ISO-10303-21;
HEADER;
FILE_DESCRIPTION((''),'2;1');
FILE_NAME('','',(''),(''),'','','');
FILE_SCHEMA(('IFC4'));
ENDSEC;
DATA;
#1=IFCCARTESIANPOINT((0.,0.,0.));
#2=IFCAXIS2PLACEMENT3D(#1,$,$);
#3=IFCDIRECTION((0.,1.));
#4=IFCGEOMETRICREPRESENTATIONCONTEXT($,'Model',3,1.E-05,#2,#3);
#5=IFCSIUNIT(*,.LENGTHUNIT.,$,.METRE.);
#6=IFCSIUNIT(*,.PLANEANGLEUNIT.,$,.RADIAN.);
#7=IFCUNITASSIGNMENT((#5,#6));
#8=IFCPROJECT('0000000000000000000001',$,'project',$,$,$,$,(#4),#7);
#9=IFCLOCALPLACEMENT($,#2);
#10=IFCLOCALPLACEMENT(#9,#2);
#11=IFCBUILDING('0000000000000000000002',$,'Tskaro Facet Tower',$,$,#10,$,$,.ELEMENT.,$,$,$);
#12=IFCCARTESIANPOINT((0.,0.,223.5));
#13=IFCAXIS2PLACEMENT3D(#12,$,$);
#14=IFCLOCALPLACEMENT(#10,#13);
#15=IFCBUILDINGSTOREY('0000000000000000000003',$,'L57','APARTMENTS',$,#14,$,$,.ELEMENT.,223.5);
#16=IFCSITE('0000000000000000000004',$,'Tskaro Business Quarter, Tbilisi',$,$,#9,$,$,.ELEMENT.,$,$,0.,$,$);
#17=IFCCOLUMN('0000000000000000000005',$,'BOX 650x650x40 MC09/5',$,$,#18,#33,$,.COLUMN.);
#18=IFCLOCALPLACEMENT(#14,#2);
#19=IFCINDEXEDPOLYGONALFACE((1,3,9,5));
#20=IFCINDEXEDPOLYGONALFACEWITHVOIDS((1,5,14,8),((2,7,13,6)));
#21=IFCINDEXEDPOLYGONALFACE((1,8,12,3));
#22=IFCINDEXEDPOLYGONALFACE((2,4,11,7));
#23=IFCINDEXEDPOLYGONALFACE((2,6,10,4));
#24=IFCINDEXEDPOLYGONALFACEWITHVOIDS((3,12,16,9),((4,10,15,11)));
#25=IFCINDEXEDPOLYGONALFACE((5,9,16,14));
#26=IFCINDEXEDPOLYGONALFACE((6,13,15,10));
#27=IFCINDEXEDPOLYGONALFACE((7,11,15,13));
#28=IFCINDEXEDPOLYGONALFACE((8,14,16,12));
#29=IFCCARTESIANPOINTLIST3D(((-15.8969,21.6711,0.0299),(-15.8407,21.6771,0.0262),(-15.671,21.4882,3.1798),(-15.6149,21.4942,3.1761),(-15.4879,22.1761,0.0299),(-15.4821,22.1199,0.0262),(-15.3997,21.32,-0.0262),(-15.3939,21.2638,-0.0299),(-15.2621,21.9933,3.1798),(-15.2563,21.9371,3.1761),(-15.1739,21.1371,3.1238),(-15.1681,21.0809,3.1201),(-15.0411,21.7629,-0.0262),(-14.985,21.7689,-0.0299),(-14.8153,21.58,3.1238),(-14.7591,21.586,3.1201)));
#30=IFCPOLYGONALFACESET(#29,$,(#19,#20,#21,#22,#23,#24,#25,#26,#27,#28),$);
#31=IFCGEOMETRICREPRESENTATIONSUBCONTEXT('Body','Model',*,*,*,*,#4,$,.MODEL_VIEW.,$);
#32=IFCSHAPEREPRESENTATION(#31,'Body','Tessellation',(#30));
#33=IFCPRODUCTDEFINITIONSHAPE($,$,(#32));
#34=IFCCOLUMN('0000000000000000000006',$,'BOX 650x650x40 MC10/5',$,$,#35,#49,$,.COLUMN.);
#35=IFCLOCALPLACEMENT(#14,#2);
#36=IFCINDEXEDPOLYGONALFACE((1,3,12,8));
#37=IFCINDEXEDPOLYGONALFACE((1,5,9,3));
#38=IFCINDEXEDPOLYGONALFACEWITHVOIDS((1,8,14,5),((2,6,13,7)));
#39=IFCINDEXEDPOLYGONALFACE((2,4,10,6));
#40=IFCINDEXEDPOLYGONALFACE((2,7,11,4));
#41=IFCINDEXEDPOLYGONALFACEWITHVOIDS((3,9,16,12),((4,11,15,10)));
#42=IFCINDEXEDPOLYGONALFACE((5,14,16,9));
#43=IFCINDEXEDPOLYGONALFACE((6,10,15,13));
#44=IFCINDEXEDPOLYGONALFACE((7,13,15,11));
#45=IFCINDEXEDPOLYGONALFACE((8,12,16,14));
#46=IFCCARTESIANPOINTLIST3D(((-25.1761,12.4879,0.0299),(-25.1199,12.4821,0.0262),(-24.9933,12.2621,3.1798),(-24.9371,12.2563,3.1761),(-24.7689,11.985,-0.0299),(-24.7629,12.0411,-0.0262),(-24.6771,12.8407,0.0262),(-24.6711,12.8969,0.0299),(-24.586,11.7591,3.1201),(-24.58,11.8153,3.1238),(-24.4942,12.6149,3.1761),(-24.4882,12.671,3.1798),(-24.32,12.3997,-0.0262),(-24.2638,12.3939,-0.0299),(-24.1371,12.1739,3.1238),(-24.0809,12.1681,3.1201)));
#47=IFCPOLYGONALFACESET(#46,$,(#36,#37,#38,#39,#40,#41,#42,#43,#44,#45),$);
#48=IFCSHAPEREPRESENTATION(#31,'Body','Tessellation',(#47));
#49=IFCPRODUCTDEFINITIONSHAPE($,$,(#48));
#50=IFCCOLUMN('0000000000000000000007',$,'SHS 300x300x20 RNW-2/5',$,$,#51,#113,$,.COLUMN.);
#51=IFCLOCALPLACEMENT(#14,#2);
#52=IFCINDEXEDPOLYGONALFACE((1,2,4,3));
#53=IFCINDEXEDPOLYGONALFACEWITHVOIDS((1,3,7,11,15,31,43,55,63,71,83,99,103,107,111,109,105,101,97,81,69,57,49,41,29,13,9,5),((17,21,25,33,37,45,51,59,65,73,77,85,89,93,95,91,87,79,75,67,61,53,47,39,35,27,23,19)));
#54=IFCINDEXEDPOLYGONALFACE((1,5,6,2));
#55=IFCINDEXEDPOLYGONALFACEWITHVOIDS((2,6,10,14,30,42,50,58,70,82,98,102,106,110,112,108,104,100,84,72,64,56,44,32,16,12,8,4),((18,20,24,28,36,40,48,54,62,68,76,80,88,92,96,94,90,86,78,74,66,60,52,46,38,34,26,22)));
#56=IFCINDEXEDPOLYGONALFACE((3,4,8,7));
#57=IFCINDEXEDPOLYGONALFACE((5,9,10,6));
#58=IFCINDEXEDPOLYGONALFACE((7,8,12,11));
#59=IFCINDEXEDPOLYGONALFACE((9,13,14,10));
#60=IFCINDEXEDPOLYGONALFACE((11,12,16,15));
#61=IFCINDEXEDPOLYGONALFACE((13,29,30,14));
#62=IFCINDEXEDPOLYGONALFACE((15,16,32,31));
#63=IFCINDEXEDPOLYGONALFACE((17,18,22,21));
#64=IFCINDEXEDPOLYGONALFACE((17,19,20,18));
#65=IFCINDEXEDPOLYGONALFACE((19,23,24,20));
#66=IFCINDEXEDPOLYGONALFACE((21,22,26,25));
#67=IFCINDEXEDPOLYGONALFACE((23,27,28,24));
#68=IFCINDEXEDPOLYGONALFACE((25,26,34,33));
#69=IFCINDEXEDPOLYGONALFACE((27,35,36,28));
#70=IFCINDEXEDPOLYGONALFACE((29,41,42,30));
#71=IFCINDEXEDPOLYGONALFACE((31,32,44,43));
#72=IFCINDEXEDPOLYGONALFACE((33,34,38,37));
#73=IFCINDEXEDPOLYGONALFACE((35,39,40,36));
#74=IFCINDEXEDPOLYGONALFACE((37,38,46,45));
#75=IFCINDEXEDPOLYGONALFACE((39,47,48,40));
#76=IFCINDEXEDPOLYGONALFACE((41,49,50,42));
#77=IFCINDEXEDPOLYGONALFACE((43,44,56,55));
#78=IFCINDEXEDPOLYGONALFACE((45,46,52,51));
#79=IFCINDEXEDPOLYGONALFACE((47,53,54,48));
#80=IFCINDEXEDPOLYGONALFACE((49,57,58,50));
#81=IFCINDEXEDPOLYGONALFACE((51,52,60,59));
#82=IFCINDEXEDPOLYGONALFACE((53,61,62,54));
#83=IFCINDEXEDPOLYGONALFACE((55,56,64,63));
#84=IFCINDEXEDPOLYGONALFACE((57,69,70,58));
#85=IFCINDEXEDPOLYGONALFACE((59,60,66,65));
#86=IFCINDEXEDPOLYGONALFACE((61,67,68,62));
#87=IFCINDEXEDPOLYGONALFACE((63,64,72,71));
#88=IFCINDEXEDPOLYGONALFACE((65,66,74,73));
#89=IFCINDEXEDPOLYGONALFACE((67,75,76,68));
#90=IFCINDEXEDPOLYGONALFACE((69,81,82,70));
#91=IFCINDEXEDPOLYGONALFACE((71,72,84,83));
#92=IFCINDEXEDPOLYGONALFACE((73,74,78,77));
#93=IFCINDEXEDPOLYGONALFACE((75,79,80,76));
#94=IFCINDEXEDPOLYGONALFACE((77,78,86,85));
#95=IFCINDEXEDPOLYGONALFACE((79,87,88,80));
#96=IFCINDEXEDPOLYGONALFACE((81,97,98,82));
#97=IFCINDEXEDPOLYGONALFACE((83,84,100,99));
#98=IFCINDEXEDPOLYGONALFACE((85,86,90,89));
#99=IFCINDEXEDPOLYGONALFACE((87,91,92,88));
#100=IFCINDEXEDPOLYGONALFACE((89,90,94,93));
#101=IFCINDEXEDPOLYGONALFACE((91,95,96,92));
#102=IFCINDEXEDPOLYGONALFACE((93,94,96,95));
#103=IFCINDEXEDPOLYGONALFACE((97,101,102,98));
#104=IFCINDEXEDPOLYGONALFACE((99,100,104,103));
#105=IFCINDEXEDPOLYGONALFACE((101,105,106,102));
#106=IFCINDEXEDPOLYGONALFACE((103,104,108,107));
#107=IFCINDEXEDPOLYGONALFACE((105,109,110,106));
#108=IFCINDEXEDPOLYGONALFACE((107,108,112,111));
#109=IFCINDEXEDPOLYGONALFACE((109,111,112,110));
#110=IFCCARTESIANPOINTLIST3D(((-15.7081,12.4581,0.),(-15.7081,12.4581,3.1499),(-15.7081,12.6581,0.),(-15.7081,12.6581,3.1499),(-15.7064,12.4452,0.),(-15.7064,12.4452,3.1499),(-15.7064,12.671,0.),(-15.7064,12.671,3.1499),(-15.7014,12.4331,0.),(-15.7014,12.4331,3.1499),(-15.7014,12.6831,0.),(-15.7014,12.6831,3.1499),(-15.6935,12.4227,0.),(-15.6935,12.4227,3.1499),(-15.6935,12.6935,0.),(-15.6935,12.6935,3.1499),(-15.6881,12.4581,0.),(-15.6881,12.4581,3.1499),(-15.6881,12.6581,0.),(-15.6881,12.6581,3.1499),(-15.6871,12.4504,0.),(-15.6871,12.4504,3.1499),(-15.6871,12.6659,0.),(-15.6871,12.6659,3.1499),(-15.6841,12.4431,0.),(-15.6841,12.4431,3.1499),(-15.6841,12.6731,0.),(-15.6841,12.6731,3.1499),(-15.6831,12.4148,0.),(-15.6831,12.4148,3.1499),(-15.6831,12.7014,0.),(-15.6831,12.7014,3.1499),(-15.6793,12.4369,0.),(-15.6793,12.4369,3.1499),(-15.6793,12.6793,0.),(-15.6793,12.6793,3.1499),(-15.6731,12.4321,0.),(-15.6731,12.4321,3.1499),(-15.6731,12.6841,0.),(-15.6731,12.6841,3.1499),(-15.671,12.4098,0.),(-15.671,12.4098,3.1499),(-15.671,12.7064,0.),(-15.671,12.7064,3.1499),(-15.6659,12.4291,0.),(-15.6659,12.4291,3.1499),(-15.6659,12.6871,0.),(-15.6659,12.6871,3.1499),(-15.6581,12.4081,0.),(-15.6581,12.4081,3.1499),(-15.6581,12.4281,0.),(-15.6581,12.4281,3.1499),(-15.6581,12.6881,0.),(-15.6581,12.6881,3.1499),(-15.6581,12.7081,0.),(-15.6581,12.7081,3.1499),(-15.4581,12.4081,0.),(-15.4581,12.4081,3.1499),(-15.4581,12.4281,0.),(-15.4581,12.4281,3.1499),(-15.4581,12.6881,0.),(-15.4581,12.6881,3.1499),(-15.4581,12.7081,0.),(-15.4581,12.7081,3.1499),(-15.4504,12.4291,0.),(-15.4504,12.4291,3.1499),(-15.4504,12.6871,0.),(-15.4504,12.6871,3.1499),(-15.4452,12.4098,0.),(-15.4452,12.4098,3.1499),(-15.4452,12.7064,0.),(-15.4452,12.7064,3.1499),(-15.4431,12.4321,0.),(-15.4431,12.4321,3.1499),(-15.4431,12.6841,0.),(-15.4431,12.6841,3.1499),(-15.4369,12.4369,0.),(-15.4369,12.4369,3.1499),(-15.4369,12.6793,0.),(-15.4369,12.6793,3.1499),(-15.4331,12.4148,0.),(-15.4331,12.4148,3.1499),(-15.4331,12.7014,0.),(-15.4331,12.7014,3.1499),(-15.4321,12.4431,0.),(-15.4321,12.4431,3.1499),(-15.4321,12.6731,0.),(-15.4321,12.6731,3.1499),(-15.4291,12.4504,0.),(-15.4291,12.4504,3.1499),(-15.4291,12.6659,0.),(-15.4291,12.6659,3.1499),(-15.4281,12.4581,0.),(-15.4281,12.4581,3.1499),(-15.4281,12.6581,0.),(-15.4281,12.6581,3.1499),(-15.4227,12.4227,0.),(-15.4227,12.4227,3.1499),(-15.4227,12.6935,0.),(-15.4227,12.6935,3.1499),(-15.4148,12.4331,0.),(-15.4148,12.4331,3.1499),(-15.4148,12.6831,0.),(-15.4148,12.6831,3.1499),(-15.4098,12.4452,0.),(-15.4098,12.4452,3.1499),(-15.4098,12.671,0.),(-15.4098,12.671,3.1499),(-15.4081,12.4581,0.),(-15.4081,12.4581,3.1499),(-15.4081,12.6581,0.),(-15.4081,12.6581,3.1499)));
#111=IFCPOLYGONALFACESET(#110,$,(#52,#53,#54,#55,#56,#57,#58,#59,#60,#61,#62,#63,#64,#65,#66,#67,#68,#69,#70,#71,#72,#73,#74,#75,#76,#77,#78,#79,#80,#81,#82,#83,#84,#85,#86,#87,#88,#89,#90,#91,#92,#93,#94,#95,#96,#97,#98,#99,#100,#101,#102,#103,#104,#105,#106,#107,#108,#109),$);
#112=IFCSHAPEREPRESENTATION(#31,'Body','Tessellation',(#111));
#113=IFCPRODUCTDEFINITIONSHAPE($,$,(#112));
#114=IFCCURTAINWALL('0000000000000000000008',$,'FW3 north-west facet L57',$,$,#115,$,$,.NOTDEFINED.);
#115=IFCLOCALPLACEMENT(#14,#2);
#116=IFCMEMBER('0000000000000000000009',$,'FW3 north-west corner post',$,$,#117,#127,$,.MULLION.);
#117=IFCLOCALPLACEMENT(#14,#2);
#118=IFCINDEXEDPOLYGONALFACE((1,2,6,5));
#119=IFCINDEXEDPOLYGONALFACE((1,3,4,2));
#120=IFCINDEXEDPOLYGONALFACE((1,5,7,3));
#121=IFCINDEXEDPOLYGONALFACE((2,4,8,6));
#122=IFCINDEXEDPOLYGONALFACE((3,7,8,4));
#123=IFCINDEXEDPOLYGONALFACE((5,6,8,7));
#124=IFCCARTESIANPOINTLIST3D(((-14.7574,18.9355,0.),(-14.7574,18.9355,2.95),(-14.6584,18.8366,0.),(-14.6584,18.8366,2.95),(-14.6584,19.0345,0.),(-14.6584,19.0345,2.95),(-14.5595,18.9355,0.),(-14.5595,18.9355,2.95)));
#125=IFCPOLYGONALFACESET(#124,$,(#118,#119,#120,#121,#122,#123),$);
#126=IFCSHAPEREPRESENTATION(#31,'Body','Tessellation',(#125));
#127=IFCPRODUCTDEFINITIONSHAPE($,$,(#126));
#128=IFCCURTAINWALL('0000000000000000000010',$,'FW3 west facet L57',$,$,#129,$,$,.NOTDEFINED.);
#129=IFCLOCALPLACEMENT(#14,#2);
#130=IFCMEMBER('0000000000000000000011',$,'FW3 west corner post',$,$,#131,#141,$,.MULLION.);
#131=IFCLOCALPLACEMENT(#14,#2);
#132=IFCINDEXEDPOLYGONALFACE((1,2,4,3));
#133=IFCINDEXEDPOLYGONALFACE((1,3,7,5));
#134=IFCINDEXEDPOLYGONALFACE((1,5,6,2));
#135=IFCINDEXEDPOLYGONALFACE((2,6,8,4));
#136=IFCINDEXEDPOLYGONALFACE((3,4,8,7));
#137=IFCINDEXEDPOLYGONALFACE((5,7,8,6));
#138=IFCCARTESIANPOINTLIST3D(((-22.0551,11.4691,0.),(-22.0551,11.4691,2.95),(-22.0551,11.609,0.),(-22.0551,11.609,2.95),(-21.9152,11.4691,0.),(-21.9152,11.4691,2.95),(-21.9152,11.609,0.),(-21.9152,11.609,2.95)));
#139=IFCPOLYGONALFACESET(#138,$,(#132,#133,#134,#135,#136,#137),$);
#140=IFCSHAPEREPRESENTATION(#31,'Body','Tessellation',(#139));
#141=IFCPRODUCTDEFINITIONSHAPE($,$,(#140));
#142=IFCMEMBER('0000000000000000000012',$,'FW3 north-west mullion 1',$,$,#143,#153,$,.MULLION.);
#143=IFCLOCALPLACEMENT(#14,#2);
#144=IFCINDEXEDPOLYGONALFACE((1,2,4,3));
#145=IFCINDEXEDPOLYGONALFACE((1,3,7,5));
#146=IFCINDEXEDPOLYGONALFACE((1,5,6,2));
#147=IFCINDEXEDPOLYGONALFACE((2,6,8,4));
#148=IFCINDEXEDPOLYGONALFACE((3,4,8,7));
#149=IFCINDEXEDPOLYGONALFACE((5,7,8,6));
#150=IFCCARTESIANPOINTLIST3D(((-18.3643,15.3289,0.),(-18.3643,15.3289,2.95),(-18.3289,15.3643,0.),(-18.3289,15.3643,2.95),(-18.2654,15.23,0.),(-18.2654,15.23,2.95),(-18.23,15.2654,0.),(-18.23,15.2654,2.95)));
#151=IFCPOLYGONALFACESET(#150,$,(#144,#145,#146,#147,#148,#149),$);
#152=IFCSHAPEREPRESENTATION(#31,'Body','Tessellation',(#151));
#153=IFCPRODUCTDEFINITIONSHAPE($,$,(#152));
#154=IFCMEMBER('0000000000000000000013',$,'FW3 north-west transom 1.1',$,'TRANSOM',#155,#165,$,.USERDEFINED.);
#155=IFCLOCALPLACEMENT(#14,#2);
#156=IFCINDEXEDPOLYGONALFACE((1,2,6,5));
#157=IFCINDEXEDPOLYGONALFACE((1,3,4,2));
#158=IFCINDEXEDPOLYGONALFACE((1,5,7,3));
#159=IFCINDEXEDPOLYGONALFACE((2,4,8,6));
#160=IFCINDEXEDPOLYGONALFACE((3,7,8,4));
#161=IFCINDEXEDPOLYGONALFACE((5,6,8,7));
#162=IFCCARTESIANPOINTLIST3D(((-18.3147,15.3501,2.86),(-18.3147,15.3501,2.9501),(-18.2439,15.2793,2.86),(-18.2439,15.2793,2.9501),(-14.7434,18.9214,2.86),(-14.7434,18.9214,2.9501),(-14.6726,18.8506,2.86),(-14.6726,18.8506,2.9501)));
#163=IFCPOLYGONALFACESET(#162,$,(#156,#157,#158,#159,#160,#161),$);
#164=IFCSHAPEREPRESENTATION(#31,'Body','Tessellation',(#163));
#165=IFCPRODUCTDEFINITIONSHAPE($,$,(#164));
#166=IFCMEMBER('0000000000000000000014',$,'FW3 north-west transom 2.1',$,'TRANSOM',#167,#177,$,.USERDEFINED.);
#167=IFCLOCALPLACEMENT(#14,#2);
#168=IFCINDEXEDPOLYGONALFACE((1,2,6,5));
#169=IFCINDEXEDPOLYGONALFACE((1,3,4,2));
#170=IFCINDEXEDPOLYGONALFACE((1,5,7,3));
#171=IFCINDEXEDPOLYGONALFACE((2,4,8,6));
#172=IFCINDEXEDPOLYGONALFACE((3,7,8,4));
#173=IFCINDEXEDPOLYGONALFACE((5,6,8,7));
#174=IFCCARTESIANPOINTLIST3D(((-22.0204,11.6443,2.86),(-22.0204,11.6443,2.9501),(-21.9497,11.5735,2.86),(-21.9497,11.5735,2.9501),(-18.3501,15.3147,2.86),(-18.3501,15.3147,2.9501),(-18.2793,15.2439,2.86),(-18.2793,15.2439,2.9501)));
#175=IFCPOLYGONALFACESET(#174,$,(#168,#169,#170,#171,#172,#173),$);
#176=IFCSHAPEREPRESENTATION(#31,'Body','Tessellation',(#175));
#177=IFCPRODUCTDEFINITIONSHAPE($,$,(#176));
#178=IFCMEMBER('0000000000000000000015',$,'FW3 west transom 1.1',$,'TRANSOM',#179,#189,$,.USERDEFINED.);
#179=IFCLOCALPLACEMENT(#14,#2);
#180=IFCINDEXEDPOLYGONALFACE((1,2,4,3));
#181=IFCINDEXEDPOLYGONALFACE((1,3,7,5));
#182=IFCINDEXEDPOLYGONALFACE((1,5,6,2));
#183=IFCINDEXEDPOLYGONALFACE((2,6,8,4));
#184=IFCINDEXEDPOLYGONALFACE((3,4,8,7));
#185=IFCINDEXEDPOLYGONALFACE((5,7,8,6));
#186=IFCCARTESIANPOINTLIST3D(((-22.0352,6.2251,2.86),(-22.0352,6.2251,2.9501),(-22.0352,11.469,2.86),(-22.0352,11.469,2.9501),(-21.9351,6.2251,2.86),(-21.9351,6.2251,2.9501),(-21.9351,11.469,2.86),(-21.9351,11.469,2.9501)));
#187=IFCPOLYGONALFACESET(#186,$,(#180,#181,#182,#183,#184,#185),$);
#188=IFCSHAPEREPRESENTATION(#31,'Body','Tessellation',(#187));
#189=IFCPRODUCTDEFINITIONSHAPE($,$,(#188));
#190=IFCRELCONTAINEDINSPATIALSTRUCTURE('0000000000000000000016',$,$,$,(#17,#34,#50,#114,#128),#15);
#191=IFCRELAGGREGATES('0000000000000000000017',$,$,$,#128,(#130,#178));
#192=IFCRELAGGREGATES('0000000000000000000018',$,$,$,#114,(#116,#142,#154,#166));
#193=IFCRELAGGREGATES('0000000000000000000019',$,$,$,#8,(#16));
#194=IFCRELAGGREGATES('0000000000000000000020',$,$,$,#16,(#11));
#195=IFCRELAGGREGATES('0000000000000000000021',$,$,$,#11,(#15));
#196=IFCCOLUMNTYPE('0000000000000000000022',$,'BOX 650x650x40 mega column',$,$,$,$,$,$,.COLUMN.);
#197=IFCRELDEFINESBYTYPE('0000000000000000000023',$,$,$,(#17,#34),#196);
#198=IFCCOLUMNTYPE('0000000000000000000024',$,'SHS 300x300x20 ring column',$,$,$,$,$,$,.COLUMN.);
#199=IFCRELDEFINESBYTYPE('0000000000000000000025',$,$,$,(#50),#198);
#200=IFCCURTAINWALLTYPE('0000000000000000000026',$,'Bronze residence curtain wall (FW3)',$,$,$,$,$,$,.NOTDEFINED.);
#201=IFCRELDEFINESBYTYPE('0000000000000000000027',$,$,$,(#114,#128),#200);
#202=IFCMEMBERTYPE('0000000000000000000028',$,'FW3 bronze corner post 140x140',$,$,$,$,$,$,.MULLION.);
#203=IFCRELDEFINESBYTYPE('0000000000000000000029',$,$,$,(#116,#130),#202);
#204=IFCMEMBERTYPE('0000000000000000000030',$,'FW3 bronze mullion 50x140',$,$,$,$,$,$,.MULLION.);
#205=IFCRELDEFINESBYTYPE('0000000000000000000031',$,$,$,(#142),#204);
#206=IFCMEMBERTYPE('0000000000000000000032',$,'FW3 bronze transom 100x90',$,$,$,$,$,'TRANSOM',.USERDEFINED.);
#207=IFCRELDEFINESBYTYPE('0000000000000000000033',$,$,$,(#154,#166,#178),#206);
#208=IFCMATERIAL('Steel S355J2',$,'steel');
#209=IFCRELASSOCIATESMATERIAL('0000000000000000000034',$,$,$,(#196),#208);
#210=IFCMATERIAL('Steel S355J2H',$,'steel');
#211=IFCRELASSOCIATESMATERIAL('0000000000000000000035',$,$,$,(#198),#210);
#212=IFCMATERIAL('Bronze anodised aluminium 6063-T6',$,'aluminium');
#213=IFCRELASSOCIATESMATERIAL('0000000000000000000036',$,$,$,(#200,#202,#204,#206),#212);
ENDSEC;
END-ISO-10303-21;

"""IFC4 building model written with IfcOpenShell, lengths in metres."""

from ifc_helpers import new_model, si_unit, direction, frame, origin, origin_2d, place, context, subcontext, project, spatial, rectangle, hollow_rectangle, extrude, material, material_profile, profile_set, type_object, element, aggregate, save


model = new_model("IFC4")

# Units and contexts
model_context = context("Model", 3, precision=1e-05, world=origin(), true_north=direction((0.0, 1.0)))
body_context = subcontext(model_context, "Body", "Model", "MODEL_VIEW")
ifc_project = project(units=[si_unit("LENGTHUNIT", "METRE"), si_unit("PLANEANGLEUNIT", "RADIAN")], contexts=[model_context])

# Site, building, storey
site_placement = place(None, origin())
site = spatial("IfcSite", under=ifc_project, at=site_placement, Name="Tskaro Business Quarter, Tbilisi", CompositionType="ELEMENT", RefElevation=0.0)
building_placement = place(site_placement, origin())
building = spatial("IfcBuilding", under=site, at=building_placement, Name="Tskaro Facet Tower", CompositionType="ELEMENT")
storey_placement = place(building_placement, frame((0.0, 0.0, 223.5)))
storey = spatial("IfcBuildingStorey", under=building, at=storey_placement, Name="L57", Description="APARTMENTS", CompositionType="ELEMENT", Elevation=223.5)

# Columns
ifc_material_1 = material(Name="Steel S355J2", Category="steel")
ifc_material_profile_1 = material_profile(ifc_material_1, hollow_rectangle(XDim=0.6499, YDim=0.6499, WallThickness=0.04, at=origin_2d()), Name="BOX 650x650x40")
ifc_profile_set_1 = profile_set([ifc_material_profile_1], Name="Steel S355J2")
column_type_1 = type_object("IfcColumnType", Name="BOX 650x650x40 mega column", PredefinedType="COLUMN", material=ifc_profile_set_1)
for number, where, z_axis, x_axis, name in (
    (1, (-15.4409, 21.72, 0.0), (0.071391, -0.057808, 0.995772), (0.629295, 0.777167, 0.0), "BOX 650x650x40 MC09/5"),
    (2, (-24.72, 12.4409, 0.0), (0.057808, -0.071391, 0.995772), (0.777167, 0.629295, 0.0), "BOX 650x650x40 MC10/5"),
):
    element("IfcColumn", number, at=place(storey_placement, frame(where, z_axis=z_axis, x_axis=x_axis)), inside=storey, type_object=column_type_1, Name=name, PredefinedType="COLUMN", context=body_context, shape_type="SweptSolid", body=[
        extrude(hollow_rectangle(XDim=0.6499, YDim=0.6499, WallThickness=0.04, at=origin_2d()), origin(), (0.0, 0.0, 1.0), 3.1633),
    ])
ifc_material_2 = material(Name="Steel S355J2H", Category="steel")
ifc_material_profile_2 = material_profile(ifc_material_2, hollow_rectangle(XDim=0.3, YDim=0.3, WallThickness=0.02, InnerFilletRadius=0.03, OuterFilletRadius=0.05, at=origin_2d()), Name="SHS 300x300x20")
ifc_profile_set_2 = profile_set([ifc_material_profile_2], Name="Steel S355J2H")
column_type_2 = type_object("IfcColumnType", Name="SHS 300x300x20 ring column", PredefinedType="COLUMN", material=ifc_profile_set_2)
column_placement = place(storey_placement, frame((-15.5581, 12.5581, 0.0), z_axis=(0.0, 0.0, 1.0), x_axis=(1.0, 0.0, 0.0)))
element("IfcColumn", 3, at=column_placement, inside=storey, type_object=column_type_2, Name="SHS 300x300x20 RNW-2/5", PredefinedType="COLUMN", context=body_context, shape_type="SweptSolid", body=[
    extrude(hollow_rectangle(XDim=0.3, YDim=0.3, WallThickness=0.02, InnerFilletRadius=0.03, OuterFilletRadius=0.05, at=origin_2d()), origin(), (0.0, 0.0, 1.0), 3.1499),
])

# Curtain walls, members
ifc_material_3 = material(Name="Bronze anodised aluminium 6063-T6", Category="aluminium")
curtain_wall_type = type_object("IfcCurtainWallType", Name="Bronze residence curtain wall (FW3)", PredefinedType="NOTDEFINED", material=ifc_material_3)
curtain_wall_1_placement = place(storey_placement, origin())
curtain_wall_1 = element("IfcCurtainWall", 4, at=curtain_wall_1_placement, inside=storey, type_object=curtain_wall_type, Name="FW3 north-west facet L57", PredefinedType="NOTDEFINED")
ifc_material_profile_3 = material_profile(ifc_material_3, rectangle(XDim=0.1399, YDim=0.1399, at=origin_2d()), Name="Corner post 140x140")
ifc_profile_set_3 = profile_set([ifc_material_profile_3], Name="Bronze anodised aluminium 6063-T6")
member_type_1 = type_object("IfcMemberType", Name="FW3 bronze corner post 140x140", PredefinedType="MULLION", material=ifc_profile_set_3)
member_1_placement = place(storey_placement, frame((-14.6584, 18.9355, 0.0), z_axis=(0.0, 0.0, 1.0), x_axis=(-0.707107, -0.707107, 0.0)))
member_1 = element("IfcMember", 5, at=member_1_placement, type_object=member_type_1, Name="FW3 north-west corner post", PredefinedType="MULLION", context=body_context, shape_type="SweptSolid", body=[
    extrude(rectangle(XDim=0.1399, YDim=0.1399, at=origin_2d()), origin(), (0.0, 0.0, 1.0), 2.95),
])
curtain_wall_2_placement = place(storey_placement, origin())
curtain_wall_2 = element("IfcCurtainWall", 6, at=curtain_wall_2_placement, inside=storey, type_object=curtain_wall_type, Name="FW3 west facet L57", PredefinedType="NOTDEFINED")
member_2_placement = place(storey_placement, frame((-21.9851, 11.5391, 0.0), z_axis=(0.0, 0.0, 1.0), x_axis=(0.0, -1.0, 0.0)))
member_2 = element("IfcMember", 7, at=member_2_placement, type_object=member_type_1, Name="FW3 west corner post", PredefinedType="MULLION", context=body_context, shape_type="SweptSolid", body=[
    extrude(rectangle(XDim=0.1399, YDim=0.1399, at=origin_2d()), origin(), (0.0, 0.0, 1.0), 2.95),
])

# Members
ifc_material_profile_4 = material_profile(ifc_material_3, rectangle(XDim=0.05, YDim=0.1399, at=origin_2d()), Name="Mullion 50x140")
ifc_profile_set_4 = profile_set([ifc_material_profile_4], Name="Bronze anodised aluminium 6063-T6")
member_type_2 = type_object("IfcMemberType", Name="FW3 bronze mullion 50x140", PredefinedType="MULLION", material=ifc_profile_set_4)
member_3_placement = place(storey_placement, frame((-18.2971, 15.2971, 0.0), z_axis=(0.0, 0.0, 1.0), x_axis=(-0.707107, -0.707107, 0.0)))
member_3 = element("IfcMember", 8, at=member_3_placement, type_object=member_type_2, Name="FW3 north-west mullion 1", PredefinedType="MULLION", context=body_context, shape_type="SweptSolid", body=[
    extrude(rectangle(XDim=0.05, YDim=0.1399, at=origin_2d()), origin(), (0.0, 0.0, 1.0), 2.95),
])
ifc_material_profile_5 = material_profile(ifc_material_3, rectangle(XDim=0.1001, YDim=0.0901, at=origin_2d()), Name="Transom 100x90")
ifc_profile_set_5 = profile_set([ifc_material_profile_5], Name="Bronze anodised aluminium 6063-T6")
member_type_3 = type_object("IfcMemberType", Name="FW3 bronze transom 100x90", ElementType="TRANSOM", PredefinedType="USERDEFINED", material=ifc_profile_set_5)
member_4_placement = place(storey_placement, frame((-14.708, 18.886, 2.905), z_axis=(-0.707107, -0.707107, 0.0), x_axis=(0.707107, -0.707107, 0.0)))
member_4 = element("IfcMember", 9, at=member_4_placement, type_object=member_type_3, Name="FW3 north-west transom 1.1", ObjectType="TRANSOM", PredefinedType="USERDEFINED", context=body_context, shape_type="SweptSolid", body=[
    extrude(rectangle(XDim=0.1001, YDim=0.0901, at=origin_2d()), origin(), (0.0, 0.0, 1.0), 5.0505),
])
member_5_placement = place(storey_placement, frame((-18.3147, 15.2793, 2.905), z_axis=(-0.707107, -0.707107, 0.0), x_axis=(0.707107, -0.707107, 0.0)))
member_5 = element("IfcMember", 10, at=member_5_placement, type_object=member_type_3, Name="FW3 north-west transom 2.1", ObjectType="TRANSOM", PredefinedType="USERDEFINED", context=body_context, shape_type="SweptSolid", body=[
    extrude(rectangle(XDim=0.1001, YDim=0.0901, at=origin_2d()), origin(), (0.0, 0.0, 1.0), 5.1907),
])
member_6_placement = place(storey_placement, frame((-21.9851, 11.469, 2.905), z_axis=(0.0, -1.0, 0.0), x_axis=(1.0, 0.0, 0.0)))
member_6 = element("IfcMember", 11, at=member_6_placement, type_object=member_type_3, Name="FW3 west transom 1.1", ObjectType="TRANSOM", PredefinedType="USERDEFINED", context=body_context, shape_type="SweptSolid", body=[
    extrude(rectangle(XDim=0.1001, YDim=0.0901, at=origin_2d()), origin(), (0.0, 0.0, 1.0), 5.2439),
])
aggregate(curtain_wall_2, [member_2, member_6])

aggregate(curtain_wall_1, [member_1, member_3, member_4, member_5])

save(model, "model.ifc")
